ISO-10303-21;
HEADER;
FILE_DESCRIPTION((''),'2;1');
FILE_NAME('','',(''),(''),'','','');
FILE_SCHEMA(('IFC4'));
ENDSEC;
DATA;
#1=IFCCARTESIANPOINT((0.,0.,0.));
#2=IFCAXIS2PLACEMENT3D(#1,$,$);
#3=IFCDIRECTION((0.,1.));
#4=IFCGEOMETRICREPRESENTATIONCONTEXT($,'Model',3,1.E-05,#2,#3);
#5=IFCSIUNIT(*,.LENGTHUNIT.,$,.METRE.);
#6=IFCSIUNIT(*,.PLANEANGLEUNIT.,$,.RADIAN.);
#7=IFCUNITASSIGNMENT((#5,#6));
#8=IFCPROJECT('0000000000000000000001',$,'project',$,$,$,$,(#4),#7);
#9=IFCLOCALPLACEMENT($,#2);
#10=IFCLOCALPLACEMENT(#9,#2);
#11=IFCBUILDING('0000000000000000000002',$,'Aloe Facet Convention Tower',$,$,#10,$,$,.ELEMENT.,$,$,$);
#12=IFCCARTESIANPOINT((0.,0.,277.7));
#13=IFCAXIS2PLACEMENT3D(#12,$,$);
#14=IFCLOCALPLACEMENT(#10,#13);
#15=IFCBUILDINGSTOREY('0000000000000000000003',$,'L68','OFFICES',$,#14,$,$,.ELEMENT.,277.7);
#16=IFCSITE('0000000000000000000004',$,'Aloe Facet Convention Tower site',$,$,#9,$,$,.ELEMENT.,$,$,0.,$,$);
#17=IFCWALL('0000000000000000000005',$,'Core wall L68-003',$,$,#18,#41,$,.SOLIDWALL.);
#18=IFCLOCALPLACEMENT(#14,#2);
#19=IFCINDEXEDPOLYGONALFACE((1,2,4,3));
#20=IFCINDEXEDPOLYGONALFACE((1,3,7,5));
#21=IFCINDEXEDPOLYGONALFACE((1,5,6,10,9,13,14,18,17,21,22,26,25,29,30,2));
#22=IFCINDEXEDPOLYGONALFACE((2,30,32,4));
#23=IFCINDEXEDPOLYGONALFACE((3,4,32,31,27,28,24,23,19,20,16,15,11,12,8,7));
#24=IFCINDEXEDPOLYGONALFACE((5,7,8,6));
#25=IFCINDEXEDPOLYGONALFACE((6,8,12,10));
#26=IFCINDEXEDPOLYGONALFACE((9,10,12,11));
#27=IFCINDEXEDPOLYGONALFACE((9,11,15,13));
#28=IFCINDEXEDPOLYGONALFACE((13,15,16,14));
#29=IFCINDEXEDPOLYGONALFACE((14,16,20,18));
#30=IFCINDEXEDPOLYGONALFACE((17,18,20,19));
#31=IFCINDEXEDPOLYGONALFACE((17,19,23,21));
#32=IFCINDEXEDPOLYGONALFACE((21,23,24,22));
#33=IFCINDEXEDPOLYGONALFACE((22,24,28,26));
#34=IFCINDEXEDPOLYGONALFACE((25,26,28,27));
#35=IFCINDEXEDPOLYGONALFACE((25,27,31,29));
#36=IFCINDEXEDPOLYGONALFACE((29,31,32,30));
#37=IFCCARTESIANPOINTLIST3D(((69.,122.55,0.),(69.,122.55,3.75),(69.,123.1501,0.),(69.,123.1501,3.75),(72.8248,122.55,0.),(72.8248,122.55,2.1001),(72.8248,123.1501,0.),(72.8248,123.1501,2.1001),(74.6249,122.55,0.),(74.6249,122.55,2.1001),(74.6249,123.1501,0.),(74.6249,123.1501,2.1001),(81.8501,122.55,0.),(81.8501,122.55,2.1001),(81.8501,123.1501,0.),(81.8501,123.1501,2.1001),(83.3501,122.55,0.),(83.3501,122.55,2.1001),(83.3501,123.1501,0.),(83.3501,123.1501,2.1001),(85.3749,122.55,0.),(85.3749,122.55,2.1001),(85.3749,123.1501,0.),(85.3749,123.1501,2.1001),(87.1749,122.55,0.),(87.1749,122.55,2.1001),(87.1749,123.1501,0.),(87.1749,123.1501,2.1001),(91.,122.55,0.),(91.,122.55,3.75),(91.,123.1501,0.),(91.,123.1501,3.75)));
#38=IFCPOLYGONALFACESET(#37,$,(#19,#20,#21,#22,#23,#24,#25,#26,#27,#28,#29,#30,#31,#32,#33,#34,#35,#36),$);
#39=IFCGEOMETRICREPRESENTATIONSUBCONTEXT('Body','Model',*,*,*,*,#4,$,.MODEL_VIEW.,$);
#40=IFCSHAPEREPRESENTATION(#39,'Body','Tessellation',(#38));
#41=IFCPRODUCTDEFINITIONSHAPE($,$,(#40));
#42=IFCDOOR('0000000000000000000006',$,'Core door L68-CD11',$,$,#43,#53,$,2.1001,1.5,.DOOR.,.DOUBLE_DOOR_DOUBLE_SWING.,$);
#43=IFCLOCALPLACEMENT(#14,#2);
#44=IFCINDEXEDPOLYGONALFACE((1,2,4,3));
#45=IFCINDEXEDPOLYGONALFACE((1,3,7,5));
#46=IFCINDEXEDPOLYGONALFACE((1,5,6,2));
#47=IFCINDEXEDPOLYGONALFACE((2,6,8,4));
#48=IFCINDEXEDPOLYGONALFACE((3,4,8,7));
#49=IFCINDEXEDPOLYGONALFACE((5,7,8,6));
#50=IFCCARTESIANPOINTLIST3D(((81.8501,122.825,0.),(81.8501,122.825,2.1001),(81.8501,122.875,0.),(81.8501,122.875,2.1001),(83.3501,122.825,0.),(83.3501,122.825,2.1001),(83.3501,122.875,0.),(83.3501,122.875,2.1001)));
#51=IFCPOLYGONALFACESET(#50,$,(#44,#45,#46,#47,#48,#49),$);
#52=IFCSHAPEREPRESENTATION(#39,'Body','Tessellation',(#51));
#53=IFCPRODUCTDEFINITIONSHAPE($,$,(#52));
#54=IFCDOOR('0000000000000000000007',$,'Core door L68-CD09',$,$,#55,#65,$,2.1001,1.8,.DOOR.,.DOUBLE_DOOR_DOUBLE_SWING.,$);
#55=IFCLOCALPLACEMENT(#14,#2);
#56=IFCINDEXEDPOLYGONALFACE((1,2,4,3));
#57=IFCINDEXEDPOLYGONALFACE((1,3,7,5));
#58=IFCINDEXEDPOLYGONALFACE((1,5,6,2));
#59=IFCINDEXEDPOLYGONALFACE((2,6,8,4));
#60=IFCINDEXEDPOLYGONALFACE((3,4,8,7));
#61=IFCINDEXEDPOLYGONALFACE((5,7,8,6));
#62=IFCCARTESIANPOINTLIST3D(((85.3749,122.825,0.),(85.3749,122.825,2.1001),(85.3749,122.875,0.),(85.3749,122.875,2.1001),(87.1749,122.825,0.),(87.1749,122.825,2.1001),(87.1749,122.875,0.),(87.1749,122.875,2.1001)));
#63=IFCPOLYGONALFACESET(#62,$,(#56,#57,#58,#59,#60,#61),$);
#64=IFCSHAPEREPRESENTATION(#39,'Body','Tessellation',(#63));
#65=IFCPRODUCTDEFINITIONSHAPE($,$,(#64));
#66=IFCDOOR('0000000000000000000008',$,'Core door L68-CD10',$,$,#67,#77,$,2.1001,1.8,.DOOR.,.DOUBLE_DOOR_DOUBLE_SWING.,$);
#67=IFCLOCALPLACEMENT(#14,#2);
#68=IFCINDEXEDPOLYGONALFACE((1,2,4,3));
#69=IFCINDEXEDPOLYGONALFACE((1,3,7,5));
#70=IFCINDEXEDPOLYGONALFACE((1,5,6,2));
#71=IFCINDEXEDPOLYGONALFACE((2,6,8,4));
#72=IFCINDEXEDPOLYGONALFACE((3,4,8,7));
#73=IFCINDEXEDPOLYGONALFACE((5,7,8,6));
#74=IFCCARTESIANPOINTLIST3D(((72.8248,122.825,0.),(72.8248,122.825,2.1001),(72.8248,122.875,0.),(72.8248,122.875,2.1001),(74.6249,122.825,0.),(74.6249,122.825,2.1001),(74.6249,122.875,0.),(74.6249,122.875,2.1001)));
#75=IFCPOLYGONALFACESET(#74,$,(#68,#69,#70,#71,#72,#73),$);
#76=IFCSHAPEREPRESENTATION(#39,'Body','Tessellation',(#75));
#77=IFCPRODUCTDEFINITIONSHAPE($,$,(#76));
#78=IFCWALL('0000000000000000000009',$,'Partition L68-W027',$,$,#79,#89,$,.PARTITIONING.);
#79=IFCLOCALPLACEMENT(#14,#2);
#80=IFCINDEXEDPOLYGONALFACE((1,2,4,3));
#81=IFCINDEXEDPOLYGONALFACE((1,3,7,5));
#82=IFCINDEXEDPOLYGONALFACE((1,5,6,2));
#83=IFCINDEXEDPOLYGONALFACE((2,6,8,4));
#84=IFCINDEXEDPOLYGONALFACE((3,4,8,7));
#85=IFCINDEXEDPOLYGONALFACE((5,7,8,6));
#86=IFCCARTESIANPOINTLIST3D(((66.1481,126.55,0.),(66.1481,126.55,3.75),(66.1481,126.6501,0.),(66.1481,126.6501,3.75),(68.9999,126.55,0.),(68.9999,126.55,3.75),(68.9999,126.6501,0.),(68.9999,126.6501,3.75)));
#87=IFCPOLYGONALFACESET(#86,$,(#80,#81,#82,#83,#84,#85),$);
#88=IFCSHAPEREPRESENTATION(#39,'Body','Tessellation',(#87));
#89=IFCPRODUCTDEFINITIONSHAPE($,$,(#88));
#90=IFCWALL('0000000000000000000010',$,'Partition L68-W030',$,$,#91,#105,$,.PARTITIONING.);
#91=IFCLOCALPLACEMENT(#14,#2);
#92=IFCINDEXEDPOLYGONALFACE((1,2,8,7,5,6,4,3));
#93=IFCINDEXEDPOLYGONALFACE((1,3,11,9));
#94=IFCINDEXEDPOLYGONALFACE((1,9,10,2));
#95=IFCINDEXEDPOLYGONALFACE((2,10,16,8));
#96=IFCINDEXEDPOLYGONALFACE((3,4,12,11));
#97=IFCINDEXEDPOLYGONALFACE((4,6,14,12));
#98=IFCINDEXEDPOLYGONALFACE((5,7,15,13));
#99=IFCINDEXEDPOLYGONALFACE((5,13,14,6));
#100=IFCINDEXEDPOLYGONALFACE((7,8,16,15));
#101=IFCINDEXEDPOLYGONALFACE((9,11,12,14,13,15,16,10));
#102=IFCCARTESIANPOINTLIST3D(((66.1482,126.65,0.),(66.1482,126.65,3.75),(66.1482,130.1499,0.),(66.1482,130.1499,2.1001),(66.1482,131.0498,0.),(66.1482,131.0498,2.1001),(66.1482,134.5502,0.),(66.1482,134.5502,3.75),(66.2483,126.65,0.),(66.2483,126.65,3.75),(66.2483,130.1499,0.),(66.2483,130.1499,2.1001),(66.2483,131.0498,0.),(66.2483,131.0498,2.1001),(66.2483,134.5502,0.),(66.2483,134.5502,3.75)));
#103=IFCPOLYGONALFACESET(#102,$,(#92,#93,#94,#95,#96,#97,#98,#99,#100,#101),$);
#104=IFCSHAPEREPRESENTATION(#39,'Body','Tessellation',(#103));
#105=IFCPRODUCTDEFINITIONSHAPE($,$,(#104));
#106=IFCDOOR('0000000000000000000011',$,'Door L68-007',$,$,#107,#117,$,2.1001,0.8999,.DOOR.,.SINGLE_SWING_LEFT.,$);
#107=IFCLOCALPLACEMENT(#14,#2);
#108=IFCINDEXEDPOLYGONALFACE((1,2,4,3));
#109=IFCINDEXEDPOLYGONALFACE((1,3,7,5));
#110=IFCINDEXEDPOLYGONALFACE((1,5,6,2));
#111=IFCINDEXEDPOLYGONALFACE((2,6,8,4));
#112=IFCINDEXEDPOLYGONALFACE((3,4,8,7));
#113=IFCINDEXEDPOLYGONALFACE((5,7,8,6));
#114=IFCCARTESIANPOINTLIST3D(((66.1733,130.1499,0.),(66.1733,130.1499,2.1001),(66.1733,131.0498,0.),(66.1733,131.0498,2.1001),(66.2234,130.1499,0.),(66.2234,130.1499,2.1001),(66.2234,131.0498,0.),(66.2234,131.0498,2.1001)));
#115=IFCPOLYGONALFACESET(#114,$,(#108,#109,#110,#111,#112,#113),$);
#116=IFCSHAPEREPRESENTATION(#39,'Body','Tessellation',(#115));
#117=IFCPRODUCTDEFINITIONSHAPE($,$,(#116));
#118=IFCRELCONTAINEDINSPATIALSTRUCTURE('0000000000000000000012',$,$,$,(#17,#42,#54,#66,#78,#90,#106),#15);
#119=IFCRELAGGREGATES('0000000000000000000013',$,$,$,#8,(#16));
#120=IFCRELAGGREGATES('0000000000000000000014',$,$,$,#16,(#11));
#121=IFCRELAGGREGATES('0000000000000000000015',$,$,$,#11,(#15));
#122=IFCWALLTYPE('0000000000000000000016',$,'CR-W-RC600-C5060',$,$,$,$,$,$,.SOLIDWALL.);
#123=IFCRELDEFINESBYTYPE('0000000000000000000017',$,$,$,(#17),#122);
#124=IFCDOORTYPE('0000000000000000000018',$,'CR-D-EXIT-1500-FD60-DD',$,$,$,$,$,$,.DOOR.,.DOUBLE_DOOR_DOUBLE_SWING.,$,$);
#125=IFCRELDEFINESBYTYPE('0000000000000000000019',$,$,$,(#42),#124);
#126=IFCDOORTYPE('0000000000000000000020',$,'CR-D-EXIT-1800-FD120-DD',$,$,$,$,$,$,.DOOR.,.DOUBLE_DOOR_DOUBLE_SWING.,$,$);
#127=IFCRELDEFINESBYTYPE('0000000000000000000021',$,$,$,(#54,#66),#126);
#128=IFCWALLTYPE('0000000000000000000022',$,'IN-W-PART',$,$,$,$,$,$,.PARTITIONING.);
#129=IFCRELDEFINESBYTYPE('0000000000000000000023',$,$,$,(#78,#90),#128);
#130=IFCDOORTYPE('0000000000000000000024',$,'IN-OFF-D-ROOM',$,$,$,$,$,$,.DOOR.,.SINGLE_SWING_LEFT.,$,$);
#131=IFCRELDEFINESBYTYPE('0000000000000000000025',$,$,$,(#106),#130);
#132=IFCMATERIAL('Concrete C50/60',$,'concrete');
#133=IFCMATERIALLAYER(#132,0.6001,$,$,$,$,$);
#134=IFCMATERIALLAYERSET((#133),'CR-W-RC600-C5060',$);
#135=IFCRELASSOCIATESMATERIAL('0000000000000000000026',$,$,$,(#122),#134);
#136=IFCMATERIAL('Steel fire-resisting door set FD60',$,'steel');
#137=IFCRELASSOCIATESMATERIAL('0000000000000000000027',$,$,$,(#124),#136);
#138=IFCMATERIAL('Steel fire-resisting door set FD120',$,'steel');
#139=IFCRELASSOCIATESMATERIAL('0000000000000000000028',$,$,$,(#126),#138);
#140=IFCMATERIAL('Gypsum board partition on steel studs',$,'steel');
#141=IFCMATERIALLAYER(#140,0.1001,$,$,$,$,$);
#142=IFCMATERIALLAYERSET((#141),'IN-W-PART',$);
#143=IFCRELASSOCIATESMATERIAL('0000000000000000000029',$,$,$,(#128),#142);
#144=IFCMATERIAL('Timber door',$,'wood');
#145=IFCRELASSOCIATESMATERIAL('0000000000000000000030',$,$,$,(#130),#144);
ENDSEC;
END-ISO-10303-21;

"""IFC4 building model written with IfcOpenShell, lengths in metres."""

from ifc_helpers import new_model, si_unit, direction, frame, frame_2d, origin, place, context, subcontext, project, spatial, rectangle, extrude, material, layer, layer_set, type_object, element, fill, save


model = new_model("IFC4")

# Units and contexts
model_context = context("Model", 3, precision=1e-05, world=origin(), true_north=direction((0.0, 1.0)))
body_context = subcontext(model_context, "Body", "Model", "MODEL_VIEW")
ifc_project = project(units=[si_unit("LENGTHUNIT", "METRE"), si_unit("PLANEANGLEUNIT", "RADIAN")], contexts=[model_context])

# Site, building, storey
site_placement = place(None, origin())
site = spatial("IfcSite", under=ifc_project, at=site_placement, Name="Aloe Facet Convention Tower site", CompositionType="ELEMENT", RefElevation=0.0)
building_placement = place(site_placement, origin())
building = spatial("IfcBuilding", under=site, at=building_placement, Name="Aloe Facet Convention Tower", CompositionType="ELEMENT")
storey_placement = place(building_placement, frame((0.0, 0.0, 277.7)))
storey = spatial("IfcBuildingStorey", under=building, at=storey_placement, Name="L68", Description="OFFICES", CompositionType="ELEMENT", Elevation=277.7)

# Wall, openings, doors
ifc_material_1 = material(Name="Concrete C50/60", Category="concrete")
ifc_layer_1 = layer(ifc_material_1, 0.6001)
ifc_layer_set_1 = layer_set([ifc_layer_1], Name="CR-W-RC600-C5060")
wall_type_1 = type_object("IfcWallType", Name="CR-W-RC600-C5060", PredefinedType="SOLIDWALL", material=ifc_layer_set_1)
wall_1_placement = place(storey_placement, frame((69.0, 122.8501, 0.0), z_axis=(0.0, 0.0, 1.0), x_axis=(1.0, 0.0, 0.0)))
wall_1 = element("IfcWall", 1, at=wall_1_placement, inside=storey, type_object=wall_type_1, Name="Core wall L68-003", PredefinedType="SOLIDWALL", context=body_context, shape_type="SweptSolid", body=[
    extrude(rectangle(XDim=22.0, YDim=0.6001, at=frame_2d((11.0, 0.0))), origin(), (0.0, 0.0, 1.0), 3.75),
])
opening_1_placement = place(wall_1_placement, frame((16.375, 0.0, 0.0)))
opening_1 = element("IfcOpeningElement", 2, at=opening_1_placement, cuts=wall_1, PredefinedType="OPENING", context=body_context, shape_type="SweptSolid", body=[
    extrude(rectangle(XDim=1.8, YDim=2.1001, at=frame_2d((0.8999, 1.05))), frame((0.0, 0.3101, 0.0), z_axis=(0.0, -1.0, 0.0), x_axis=(1.0, 0.0, 0.0)), (0.0, 0.0, 1.0), 0.6201),
])
opening_2_placement = place(wall_1_placement, frame((3.825, 0.0, 0.0)))
opening_2 = element("IfcOpeningElement", 3, at=opening_2_placement, cuts=wall_1, PredefinedType="OPENING", context=body_context, shape_type="SweptSolid", body=[
    extrude(rectangle(XDim=1.8, YDim=2.1001, at=frame_2d((0.8999, 1.05))), frame((0.0, 0.3101, 0.0), z_axis=(0.0, -1.0, 0.0), x_axis=(1.0, 0.0, 0.0)), (0.0, 0.0, 1.0), 0.6201),
])
opening_3_placement = place(wall_1_placement, frame((12.8501, 0.0, 0.0)))
opening_3 = element("IfcOpeningElement", 4, at=opening_3_placement, cuts=wall_1, PredefinedType="OPENING", context=body_context, shape_type="SweptSolid", body=[
    extrude(rectangle(XDim=1.5, YDim=2.1001, at=frame_2d((0.75, 1.05))), frame((0.0, 0.3101, 0.0), z_axis=(0.0, -1.0, 0.0), x_axis=(1.0, 0.0, 0.0)), (0.0, 0.0, 1.0), 0.6201),
])
ifc_material_2 = material(Name="Steel fire-resisting door set FD60", Category="steel")
door_type_1 = type_object("IfcDoorType", Name="CR-D-EXIT-1500-FD60-DD", OperationType="DOUBLE_DOOR_DOUBLE_SWING", PredefinedType="DOOR", material=ifc_material_2)
door_1_placement = place(opening_3_placement, origin())
door_1 = element("IfcDoor", 5, at=door_1_placement, inside=storey, type_object=door_type_1, Name="Core door L68-CD11", OperationType="DOUBLE_DOOR_DOUBLE_SWING", OverallHeight=2.1001, OverallWidth=1.5, PredefinedType="DOOR", context=body_context, shape_type="SweptSolid", body=[
    extrude(rectangle(XDim=1.5, YDim=2.1001, at=frame_2d((0.75, 1.05))), frame((0.0, 0.0249, 0.0), z_axis=(0.0, -1.0, 0.0), x_axis=(1.0, 0.0, 0.0)), (0.0, 0.0, 1.0), 0.05),
])
fill(opening_3, door_1)
ifc_material_3 = material(Name="Steel fire-resisting door set FD120", Category="steel")
door_type_2 = type_object("IfcDoorType", Name="CR-D-EXIT-1800-FD120-DD", OperationType="DOUBLE_DOOR_DOUBLE_SWING", PredefinedType="DOOR", material=ifc_material_3)
door_2_placement = place(opening_1_placement, origin())
door_2 = element("IfcDoor", 6, at=door_2_placement, inside=storey, type_object=door_type_2, Name="Core door L68-CD09", OperationType="DOUBLE_DOOR_DOUBLE_SWING", OverallHeight=2.1001, OverallWidth=1.8, PredefinedType="DOOR", context=body_context, shape_type="SweptSolid", body=[
    extrude(rectangle(XDim=1.8, YDim=2.1001, at=frame_2d((0.8999, 1.05))), frame((0.0, 0.0249, 0.0), z_axis=(0.0, -1.0, 0.0), x_axis=(1.0, 0.0, 0.0)), (0.0, 0.0, 1.0), 0.05),
])
fill(opening_1, door_2)
door_3_placement = place(opening_2_placement, origin())
door_3 = element("IfcDoor", 7, at=door_3_placement, inside=storey, type_object=door_type_2, Name="Core door L68-CD10", OperationType="DOUBLE_DOOR_DOUBLE_SWING", OverallHeight=2.1001, OverallWidth=1.8, PredefinedType="DOOR", context=body_context, shape_type="SweptSolid", body=[
    extrude(rectangle(XDim=1.8, YDim=2.1001, at=frame_2d((0.8999, 1.05))), frame((0.0, 0.0249, 0.0), z_axis=(0.0, -1.0, 0.0), x_axis=(1.0, 0.0, 0.0)), (0.0, 0.0, 1.0), 0.05),
])
fill(opening_2, door_3)

# Wall
ifc_material_4 = material(Name="Gypsum board partition on steel studs", Category="steel")
ifc_layer_2 = layer(ifc_material_4, 0.1001)
ifc_layer_set_2 = layer_set([ifc_layer_2], Name="IN-W-PART")
wall_type_2 = type_object("IfcWallType", Name="IN-W-PART", PredefinedType="PARTITIONING", material=ifc_layer_set_2)
wall_2_placement = place(storey_placement, frame((66.1482, 126.6001, 0.0), z_axis=(0.0, 0.0, 1.0), x_axis=(1.0, 0.0, 0.0)))
element("IfcWall", 8, at=wall_2_placement, inside=storey, type_object=wall_type_2, Name="Partition L68-W027", PredefinedType="PARTITIONING", context=body_context, shape_type="SweptSolid", body=[
    extrude(rectangle(XDim=2.8518, YDim=0.1001, at=frame_2d((1.4258, 0.0))), origin(), (0.0, 0.0, 1.0), 3.75),
])

# Wall, opening, door
wall_3_placement = place(storey_placement, frame((66.1982, 126.6499, 0.0), z_axis=(0.0, 0.0, 1.0), x_axis=(0.0, 1.0, 0.0)))
wall_3 = element("IfcWall", 9, at=wall_3_placement, inside=storey, type_object=wall_type_2, Name="Partition L68-W030", PredefinedType="PARTITIONING", context=body_context, shape_type="SweptSolid", body=[
    extrude(rectangle(XDim=7.9001, YDim=0.1001, at=frame_2d((3.9502, 0.0))), origin(), (0.0, 0.0, 1.0), 3.75),
])
opening_4_placement = place(wall_3_placement, frame((3.5, 0.0, 0.0)))
opening_4 = element("IfcOpeningElement", 10, at=opening_4_placement, cuts=wall_3, PredefinedType="OPENING", context=body_context, shape_type="SweptSolid", body=[
    extrude(rectangle(XDim=0.8999, YDim=2.1001, at=frame_2d((0.45, 1.05))), frame((0.0, 0.0601, 0.0), z_axis=(0.0, -1.0, 0.0), x_axis=(1.0, 0.0, 0.0)), (0.0, 0.0, 1.0), 0.1201),
])
ifc_material_5 = material(Name="Timber door", Category="wood")
door_type_3 = type_object("IfcDoorType", Name="IN-OFF-D-ROOM", OperationType="SINGLE_SWING_LEFT", PredefinedType="DOOR", material=ifc_material_5)
door_4_placement = place(opening_4_placement, origin())
door_4 = element("IfcDoor", 11, at=door_4_placement, inside=storey, type_object=door_type_3, Name="Door L68-007", OperationType="SINGLE_SWING_LEFT", OverallHeight=2.1001, OverallWidth=0.8999, PredefinedType="DOOR", context=body_context, shape_type="SweptSolid", body=[
    extrude(rectangle(XDim=0.8999, YDim=2.1001, at=frame_2d((0.45, 1.05))), frame((0.0, 0.0249, 0.0), z_axis=(0.0, -1.0, 0.0), x_axis=(1.0, 0.0, 0.0)), (0.0, 0.0, 1.0), 0.05),
])
fill(opening_4, door_4)

save(model, "model.ifc")
